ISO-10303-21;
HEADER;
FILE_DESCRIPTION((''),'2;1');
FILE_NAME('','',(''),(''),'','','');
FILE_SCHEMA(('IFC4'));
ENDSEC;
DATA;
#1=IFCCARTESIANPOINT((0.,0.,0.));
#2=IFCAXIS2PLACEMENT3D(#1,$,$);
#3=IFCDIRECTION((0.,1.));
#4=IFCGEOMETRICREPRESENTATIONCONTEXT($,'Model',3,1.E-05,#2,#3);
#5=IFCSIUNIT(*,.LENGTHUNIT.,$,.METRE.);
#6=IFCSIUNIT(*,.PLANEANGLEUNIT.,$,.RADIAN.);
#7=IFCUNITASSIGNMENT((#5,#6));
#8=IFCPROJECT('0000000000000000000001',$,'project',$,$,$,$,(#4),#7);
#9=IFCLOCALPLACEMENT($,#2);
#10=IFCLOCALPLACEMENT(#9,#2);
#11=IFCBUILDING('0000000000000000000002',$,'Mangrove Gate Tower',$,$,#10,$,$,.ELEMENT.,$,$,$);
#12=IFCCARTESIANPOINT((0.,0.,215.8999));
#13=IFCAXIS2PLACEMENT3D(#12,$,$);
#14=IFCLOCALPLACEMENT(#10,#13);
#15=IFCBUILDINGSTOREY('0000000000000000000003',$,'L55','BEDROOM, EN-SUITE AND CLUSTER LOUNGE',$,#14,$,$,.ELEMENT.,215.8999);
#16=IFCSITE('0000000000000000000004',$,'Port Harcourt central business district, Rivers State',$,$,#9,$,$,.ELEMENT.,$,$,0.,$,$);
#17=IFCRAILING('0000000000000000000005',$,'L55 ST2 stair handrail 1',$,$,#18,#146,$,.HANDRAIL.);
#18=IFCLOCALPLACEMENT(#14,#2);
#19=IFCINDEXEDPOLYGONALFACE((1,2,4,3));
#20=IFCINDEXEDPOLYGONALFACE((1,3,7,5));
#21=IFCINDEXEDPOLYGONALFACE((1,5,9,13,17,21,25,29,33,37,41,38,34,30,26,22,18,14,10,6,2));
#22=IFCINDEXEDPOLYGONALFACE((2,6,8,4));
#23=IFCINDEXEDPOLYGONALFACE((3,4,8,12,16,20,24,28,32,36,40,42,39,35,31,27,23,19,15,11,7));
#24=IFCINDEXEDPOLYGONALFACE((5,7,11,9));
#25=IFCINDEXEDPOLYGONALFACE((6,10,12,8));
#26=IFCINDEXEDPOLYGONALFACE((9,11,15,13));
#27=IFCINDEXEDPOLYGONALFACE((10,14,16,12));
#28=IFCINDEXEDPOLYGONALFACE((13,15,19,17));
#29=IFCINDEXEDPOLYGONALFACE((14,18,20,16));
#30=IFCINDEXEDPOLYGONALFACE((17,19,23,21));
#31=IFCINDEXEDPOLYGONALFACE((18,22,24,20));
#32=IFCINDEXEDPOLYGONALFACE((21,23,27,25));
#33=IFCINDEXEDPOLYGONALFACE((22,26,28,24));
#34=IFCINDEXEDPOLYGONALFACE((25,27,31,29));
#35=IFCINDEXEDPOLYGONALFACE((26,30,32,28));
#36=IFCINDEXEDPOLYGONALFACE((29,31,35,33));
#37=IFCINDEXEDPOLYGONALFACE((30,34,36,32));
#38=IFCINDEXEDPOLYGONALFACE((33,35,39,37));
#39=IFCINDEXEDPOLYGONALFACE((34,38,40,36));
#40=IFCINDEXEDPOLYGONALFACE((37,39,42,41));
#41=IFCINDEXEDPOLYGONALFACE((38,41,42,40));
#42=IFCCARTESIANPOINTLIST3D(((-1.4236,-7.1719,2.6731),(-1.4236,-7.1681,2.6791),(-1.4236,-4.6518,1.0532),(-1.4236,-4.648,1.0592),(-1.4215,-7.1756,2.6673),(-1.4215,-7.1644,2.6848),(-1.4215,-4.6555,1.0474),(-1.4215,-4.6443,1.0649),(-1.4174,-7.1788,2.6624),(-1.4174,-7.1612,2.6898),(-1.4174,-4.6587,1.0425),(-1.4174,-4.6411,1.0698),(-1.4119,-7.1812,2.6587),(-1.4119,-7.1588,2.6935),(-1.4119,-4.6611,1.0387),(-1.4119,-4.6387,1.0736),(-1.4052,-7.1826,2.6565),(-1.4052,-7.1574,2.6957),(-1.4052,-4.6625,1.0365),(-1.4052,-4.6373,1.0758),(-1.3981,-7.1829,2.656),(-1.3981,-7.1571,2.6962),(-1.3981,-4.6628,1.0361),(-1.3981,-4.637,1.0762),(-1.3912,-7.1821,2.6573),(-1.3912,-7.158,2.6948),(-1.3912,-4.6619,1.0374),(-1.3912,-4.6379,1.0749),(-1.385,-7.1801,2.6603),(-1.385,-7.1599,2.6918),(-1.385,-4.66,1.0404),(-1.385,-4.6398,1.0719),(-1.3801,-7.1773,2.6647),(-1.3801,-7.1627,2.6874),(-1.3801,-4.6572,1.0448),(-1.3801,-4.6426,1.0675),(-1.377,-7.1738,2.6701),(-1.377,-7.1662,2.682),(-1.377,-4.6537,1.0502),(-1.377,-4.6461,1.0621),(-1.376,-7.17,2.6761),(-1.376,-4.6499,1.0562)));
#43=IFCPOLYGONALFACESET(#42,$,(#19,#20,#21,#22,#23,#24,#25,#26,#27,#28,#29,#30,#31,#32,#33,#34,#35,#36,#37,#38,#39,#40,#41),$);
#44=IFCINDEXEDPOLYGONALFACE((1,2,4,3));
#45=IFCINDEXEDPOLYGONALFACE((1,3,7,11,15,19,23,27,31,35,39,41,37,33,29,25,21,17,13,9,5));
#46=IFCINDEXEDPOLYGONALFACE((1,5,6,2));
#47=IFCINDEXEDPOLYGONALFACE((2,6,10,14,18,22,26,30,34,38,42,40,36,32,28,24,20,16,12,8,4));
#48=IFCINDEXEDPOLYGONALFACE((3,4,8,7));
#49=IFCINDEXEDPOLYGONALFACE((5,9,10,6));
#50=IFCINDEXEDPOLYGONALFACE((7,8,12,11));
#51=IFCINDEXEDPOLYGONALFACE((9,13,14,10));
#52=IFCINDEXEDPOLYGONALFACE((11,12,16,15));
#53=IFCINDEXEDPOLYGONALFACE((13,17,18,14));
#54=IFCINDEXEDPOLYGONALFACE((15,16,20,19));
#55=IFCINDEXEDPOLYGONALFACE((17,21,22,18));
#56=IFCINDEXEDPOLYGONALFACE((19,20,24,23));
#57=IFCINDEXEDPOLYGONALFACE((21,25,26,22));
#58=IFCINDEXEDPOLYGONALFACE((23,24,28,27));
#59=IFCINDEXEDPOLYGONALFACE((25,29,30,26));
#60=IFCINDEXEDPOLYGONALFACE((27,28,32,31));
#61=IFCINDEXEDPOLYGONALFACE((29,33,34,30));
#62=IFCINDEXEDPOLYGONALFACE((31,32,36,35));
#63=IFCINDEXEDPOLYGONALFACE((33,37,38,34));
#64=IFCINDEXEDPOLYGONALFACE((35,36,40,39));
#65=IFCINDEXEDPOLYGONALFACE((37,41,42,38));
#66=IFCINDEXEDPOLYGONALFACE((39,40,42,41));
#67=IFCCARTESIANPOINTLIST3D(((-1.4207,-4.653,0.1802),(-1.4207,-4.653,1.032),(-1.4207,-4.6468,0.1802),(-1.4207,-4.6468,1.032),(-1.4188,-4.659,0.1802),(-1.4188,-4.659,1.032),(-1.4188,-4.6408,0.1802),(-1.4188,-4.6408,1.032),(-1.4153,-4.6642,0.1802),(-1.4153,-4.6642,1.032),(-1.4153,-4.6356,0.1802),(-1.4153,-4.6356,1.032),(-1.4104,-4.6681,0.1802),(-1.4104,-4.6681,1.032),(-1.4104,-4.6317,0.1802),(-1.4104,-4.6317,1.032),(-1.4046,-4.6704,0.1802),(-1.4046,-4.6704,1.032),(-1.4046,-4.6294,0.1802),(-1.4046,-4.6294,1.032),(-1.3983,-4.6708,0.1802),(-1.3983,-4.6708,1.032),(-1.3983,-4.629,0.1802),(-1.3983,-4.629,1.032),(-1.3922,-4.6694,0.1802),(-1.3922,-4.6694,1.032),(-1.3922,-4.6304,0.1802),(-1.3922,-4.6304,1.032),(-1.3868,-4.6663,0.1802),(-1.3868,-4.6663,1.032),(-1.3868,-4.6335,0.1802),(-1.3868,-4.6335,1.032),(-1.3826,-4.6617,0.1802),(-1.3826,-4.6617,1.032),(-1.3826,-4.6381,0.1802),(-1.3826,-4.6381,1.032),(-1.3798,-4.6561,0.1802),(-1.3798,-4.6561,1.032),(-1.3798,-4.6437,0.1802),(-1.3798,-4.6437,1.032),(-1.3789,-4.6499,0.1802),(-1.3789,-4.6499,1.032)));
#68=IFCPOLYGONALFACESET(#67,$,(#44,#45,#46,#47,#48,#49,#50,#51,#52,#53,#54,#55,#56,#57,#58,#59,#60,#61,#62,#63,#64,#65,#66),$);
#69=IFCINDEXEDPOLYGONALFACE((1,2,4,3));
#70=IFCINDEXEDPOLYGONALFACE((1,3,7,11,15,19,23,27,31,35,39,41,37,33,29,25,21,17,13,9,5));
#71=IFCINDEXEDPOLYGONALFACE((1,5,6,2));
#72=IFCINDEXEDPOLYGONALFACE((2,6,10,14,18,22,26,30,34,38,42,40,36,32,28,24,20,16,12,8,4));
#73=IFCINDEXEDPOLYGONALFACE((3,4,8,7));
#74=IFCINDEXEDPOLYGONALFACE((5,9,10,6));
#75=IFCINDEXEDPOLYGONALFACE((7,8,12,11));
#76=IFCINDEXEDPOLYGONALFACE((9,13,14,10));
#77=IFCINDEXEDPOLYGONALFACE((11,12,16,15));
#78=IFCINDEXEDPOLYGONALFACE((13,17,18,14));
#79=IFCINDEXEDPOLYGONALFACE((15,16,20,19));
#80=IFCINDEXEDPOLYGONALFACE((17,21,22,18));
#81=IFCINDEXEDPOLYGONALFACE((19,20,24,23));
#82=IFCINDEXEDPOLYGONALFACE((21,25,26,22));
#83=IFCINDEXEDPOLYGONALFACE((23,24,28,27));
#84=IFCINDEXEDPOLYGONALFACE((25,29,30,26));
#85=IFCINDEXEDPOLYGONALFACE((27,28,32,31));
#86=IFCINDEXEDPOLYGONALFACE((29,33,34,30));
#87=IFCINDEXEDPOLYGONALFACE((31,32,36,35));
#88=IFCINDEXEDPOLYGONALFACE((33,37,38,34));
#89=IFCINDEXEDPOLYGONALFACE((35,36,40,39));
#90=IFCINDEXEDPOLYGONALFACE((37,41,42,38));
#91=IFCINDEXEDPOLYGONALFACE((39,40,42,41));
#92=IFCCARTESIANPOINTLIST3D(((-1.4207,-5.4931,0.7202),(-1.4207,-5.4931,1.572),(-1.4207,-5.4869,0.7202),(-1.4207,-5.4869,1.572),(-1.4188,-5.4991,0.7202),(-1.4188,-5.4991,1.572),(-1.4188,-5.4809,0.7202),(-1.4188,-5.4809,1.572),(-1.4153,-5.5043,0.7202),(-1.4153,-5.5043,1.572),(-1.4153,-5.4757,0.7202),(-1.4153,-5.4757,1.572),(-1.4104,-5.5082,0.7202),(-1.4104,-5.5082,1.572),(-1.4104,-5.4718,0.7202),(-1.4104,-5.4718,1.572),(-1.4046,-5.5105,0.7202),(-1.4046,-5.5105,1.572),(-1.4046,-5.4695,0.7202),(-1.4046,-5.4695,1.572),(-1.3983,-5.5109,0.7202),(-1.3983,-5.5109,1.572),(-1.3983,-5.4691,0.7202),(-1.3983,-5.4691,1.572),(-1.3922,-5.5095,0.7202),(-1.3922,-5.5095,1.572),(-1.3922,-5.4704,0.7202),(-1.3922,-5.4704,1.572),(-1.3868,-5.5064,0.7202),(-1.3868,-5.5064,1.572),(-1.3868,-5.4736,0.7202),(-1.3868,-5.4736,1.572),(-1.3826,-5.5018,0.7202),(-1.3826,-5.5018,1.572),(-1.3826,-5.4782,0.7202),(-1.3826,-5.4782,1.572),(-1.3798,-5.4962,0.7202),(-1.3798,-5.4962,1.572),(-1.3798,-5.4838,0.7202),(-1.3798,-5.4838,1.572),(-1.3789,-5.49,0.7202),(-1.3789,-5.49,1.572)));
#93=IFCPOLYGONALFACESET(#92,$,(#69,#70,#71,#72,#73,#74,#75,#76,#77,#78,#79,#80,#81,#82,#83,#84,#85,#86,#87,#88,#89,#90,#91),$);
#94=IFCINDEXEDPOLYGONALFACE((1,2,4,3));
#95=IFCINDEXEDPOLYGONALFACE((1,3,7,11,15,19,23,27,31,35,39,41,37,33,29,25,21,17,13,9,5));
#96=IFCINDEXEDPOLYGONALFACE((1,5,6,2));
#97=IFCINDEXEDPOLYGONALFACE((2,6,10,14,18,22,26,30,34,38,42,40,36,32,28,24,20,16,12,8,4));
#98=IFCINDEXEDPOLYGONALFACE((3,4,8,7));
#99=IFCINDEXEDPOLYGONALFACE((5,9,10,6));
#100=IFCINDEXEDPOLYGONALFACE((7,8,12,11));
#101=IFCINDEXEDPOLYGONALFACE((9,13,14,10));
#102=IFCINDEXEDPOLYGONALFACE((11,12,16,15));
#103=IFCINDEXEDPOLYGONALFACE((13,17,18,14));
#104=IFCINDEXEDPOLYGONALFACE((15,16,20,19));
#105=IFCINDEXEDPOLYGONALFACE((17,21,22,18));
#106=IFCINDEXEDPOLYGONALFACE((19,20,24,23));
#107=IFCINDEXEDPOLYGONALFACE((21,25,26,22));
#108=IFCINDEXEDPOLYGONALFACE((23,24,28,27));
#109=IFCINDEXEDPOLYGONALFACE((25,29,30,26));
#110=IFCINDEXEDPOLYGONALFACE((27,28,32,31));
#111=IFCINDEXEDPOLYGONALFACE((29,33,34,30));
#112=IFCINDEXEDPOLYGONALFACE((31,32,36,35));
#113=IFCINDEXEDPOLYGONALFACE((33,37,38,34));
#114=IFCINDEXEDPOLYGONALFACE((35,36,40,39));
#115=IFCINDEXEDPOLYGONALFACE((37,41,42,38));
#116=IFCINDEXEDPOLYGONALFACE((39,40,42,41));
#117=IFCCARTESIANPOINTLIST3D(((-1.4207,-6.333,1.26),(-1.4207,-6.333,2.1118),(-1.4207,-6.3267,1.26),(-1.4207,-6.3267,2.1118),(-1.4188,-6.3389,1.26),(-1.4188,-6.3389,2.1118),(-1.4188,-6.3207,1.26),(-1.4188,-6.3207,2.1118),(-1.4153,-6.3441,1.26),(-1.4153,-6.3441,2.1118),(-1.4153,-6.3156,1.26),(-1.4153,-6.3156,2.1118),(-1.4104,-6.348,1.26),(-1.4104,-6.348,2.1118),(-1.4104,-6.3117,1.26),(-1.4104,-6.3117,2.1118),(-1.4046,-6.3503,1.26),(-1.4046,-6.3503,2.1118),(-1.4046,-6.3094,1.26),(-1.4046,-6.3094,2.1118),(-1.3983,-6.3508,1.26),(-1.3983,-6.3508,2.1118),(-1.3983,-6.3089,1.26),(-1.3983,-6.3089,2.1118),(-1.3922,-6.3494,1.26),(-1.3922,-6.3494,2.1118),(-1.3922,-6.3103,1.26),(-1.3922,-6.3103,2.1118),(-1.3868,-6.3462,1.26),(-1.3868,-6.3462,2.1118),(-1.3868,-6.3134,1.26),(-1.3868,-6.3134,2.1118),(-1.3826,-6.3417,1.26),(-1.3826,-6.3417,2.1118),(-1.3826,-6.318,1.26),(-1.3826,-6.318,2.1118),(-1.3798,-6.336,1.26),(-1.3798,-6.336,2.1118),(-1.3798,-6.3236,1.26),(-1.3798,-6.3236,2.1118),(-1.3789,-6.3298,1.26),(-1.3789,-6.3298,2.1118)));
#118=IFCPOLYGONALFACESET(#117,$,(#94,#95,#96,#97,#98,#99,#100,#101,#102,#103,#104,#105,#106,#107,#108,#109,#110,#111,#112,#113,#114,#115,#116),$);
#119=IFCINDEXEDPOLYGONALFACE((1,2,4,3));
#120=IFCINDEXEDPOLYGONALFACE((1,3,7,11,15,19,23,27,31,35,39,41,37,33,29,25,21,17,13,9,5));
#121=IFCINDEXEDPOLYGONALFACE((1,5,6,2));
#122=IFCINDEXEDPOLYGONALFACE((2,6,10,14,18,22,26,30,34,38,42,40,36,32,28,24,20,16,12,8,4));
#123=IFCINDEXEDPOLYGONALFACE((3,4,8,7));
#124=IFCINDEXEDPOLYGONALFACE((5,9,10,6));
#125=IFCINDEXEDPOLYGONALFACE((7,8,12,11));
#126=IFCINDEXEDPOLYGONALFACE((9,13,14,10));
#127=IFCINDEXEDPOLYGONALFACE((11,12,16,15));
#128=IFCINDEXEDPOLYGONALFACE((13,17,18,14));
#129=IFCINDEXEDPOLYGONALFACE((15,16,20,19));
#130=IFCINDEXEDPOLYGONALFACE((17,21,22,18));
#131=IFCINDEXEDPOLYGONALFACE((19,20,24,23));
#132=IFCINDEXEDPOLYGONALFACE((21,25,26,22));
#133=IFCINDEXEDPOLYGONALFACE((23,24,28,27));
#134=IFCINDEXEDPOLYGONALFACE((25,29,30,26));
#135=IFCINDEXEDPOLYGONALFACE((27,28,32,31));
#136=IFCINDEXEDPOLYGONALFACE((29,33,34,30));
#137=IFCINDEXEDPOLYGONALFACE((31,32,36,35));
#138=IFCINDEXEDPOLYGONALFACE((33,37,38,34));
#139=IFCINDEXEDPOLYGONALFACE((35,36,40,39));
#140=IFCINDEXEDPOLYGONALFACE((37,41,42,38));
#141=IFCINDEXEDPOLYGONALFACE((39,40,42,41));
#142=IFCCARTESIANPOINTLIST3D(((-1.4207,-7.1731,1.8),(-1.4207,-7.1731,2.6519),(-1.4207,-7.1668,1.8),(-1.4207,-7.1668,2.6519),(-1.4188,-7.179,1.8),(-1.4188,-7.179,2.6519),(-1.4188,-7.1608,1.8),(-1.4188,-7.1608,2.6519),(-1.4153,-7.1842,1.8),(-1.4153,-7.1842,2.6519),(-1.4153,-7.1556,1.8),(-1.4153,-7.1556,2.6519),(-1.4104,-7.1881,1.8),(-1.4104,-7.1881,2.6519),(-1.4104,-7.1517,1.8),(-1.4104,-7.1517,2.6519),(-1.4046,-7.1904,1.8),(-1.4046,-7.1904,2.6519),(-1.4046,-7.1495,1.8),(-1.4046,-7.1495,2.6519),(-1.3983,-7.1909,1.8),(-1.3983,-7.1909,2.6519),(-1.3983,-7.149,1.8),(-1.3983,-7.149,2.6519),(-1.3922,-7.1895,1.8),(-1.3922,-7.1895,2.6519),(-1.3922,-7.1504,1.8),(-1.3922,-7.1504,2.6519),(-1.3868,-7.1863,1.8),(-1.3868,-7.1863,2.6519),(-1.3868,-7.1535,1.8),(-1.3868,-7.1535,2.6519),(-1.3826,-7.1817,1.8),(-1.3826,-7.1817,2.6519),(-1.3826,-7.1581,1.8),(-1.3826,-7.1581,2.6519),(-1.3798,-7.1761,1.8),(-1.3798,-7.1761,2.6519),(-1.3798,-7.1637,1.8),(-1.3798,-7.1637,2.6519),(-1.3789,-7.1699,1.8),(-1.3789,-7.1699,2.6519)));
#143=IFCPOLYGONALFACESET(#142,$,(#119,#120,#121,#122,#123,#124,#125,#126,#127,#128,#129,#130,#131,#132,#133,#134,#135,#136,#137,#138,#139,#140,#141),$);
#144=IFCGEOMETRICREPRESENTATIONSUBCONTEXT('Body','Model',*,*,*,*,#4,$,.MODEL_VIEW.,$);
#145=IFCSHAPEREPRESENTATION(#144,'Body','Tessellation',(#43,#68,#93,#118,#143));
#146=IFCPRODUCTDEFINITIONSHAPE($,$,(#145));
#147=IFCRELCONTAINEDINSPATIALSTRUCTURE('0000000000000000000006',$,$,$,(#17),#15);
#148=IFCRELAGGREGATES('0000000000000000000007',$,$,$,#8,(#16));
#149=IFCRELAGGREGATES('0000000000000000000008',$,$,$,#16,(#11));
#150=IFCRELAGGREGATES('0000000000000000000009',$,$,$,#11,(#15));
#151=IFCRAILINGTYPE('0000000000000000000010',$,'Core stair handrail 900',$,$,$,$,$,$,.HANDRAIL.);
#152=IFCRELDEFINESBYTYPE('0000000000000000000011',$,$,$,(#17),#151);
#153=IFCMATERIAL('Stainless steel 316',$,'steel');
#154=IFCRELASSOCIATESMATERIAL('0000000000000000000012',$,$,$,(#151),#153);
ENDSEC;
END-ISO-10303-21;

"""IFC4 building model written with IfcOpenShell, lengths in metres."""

from ifc_helpers import new_model, si_unit, direction, frame, origin, origin_2d, place, context, subcontext, project, spatial, circle, extrude, material, type_object, element, save


model = new_model("IFC4")

# Units and contexts
model_context = context("Model", 3, precision=1e-05, world=origin(), true_north=direction((0.0, 1.0)))
body_context = subcontext(model_context, "Body", "Model", "MODEL_VIEW")
ifc_project = project(units=[si_unit("LENGTHUNIT", "METRE"), si_unit("PLANEANGLEUNIT", "RADIAN")], contexts=[model_context])

# Site, building, storey
site_placement = place(None, origin())
site = spatial("IfcSite", under=ifc_project, at=site_placement, Name="Port Harcourt central business district, Rivers State", CompositionType="ELEMENT", RefElevation=0.0)
building_placement = place(site_placement, origin())
building = spatial("IfcBuilding", under=site, at=building_placement, Name="Mangrove Gate Tower", CompositionType="ELEMENT")
storey_placement = place(building_placement, frame((0.0, 0.0, 215.8999)))
storey = spatial("IfcBuildingStorey", under=building, at=storey_placement, Name="L55", Description="BEDROOM, EN-SUITE AND CLUSTER LOUNGE", CompositionType="ELEMENT", Elevation=215.8999)

# Railing
ifc_material_1 = material(Name="Stainless steel 316", Category="steel")
railing_type_1 = type_object("IfcRailingType", Name="Core stair handrail 900", PredefinedType="HANDRAIL", material=ifc_material_1)
railing_1_placement = place(storey_placement, frame((-1.3999, -4.6499, 0.1802)))
element("IfcRailing", 1, at=railing_1_placement, inside=storey, type_object=railing_type_1, Name="L55 ST2 stair handrail 1", PredefinedType="HANDRAIL", context=body_context, shape_type="SweptSolid", body=[
    extrude(circle(Radius=0.0239, at=origin_2d()), frame((0.0, 0.0, 0.876), z_axis=(0.0, -0.8412, 0.540725), x_axis=(1.0, 0.0, 0.0)), (0.0, 0.0, 1.0), 2.9958),
    extrude(circle(Radius=0.021, at=origin_2d()), origin(), (0.0, 0.0, 1.0), 0.8518),
    extrude(circle(Radius=0.021, at=origin_2d()), frame((0.0, -0.8401, 0.54)), (0.0, 0.0, 1.0), 0.8518),
    extrude(circle(Radius=0.021, at=origin_2d()), frame((0.0, -1.6799, 1.0798)), (0.0, 0.0, 1.0), 0.8518),
    extrude(circle(Radius=0.021, at=origin_2d()), frame((0.0, -2.52, 1.6199)), (0.0, 0.0, 1.0), 0.8518),
])

save(model, "model.ifc")
